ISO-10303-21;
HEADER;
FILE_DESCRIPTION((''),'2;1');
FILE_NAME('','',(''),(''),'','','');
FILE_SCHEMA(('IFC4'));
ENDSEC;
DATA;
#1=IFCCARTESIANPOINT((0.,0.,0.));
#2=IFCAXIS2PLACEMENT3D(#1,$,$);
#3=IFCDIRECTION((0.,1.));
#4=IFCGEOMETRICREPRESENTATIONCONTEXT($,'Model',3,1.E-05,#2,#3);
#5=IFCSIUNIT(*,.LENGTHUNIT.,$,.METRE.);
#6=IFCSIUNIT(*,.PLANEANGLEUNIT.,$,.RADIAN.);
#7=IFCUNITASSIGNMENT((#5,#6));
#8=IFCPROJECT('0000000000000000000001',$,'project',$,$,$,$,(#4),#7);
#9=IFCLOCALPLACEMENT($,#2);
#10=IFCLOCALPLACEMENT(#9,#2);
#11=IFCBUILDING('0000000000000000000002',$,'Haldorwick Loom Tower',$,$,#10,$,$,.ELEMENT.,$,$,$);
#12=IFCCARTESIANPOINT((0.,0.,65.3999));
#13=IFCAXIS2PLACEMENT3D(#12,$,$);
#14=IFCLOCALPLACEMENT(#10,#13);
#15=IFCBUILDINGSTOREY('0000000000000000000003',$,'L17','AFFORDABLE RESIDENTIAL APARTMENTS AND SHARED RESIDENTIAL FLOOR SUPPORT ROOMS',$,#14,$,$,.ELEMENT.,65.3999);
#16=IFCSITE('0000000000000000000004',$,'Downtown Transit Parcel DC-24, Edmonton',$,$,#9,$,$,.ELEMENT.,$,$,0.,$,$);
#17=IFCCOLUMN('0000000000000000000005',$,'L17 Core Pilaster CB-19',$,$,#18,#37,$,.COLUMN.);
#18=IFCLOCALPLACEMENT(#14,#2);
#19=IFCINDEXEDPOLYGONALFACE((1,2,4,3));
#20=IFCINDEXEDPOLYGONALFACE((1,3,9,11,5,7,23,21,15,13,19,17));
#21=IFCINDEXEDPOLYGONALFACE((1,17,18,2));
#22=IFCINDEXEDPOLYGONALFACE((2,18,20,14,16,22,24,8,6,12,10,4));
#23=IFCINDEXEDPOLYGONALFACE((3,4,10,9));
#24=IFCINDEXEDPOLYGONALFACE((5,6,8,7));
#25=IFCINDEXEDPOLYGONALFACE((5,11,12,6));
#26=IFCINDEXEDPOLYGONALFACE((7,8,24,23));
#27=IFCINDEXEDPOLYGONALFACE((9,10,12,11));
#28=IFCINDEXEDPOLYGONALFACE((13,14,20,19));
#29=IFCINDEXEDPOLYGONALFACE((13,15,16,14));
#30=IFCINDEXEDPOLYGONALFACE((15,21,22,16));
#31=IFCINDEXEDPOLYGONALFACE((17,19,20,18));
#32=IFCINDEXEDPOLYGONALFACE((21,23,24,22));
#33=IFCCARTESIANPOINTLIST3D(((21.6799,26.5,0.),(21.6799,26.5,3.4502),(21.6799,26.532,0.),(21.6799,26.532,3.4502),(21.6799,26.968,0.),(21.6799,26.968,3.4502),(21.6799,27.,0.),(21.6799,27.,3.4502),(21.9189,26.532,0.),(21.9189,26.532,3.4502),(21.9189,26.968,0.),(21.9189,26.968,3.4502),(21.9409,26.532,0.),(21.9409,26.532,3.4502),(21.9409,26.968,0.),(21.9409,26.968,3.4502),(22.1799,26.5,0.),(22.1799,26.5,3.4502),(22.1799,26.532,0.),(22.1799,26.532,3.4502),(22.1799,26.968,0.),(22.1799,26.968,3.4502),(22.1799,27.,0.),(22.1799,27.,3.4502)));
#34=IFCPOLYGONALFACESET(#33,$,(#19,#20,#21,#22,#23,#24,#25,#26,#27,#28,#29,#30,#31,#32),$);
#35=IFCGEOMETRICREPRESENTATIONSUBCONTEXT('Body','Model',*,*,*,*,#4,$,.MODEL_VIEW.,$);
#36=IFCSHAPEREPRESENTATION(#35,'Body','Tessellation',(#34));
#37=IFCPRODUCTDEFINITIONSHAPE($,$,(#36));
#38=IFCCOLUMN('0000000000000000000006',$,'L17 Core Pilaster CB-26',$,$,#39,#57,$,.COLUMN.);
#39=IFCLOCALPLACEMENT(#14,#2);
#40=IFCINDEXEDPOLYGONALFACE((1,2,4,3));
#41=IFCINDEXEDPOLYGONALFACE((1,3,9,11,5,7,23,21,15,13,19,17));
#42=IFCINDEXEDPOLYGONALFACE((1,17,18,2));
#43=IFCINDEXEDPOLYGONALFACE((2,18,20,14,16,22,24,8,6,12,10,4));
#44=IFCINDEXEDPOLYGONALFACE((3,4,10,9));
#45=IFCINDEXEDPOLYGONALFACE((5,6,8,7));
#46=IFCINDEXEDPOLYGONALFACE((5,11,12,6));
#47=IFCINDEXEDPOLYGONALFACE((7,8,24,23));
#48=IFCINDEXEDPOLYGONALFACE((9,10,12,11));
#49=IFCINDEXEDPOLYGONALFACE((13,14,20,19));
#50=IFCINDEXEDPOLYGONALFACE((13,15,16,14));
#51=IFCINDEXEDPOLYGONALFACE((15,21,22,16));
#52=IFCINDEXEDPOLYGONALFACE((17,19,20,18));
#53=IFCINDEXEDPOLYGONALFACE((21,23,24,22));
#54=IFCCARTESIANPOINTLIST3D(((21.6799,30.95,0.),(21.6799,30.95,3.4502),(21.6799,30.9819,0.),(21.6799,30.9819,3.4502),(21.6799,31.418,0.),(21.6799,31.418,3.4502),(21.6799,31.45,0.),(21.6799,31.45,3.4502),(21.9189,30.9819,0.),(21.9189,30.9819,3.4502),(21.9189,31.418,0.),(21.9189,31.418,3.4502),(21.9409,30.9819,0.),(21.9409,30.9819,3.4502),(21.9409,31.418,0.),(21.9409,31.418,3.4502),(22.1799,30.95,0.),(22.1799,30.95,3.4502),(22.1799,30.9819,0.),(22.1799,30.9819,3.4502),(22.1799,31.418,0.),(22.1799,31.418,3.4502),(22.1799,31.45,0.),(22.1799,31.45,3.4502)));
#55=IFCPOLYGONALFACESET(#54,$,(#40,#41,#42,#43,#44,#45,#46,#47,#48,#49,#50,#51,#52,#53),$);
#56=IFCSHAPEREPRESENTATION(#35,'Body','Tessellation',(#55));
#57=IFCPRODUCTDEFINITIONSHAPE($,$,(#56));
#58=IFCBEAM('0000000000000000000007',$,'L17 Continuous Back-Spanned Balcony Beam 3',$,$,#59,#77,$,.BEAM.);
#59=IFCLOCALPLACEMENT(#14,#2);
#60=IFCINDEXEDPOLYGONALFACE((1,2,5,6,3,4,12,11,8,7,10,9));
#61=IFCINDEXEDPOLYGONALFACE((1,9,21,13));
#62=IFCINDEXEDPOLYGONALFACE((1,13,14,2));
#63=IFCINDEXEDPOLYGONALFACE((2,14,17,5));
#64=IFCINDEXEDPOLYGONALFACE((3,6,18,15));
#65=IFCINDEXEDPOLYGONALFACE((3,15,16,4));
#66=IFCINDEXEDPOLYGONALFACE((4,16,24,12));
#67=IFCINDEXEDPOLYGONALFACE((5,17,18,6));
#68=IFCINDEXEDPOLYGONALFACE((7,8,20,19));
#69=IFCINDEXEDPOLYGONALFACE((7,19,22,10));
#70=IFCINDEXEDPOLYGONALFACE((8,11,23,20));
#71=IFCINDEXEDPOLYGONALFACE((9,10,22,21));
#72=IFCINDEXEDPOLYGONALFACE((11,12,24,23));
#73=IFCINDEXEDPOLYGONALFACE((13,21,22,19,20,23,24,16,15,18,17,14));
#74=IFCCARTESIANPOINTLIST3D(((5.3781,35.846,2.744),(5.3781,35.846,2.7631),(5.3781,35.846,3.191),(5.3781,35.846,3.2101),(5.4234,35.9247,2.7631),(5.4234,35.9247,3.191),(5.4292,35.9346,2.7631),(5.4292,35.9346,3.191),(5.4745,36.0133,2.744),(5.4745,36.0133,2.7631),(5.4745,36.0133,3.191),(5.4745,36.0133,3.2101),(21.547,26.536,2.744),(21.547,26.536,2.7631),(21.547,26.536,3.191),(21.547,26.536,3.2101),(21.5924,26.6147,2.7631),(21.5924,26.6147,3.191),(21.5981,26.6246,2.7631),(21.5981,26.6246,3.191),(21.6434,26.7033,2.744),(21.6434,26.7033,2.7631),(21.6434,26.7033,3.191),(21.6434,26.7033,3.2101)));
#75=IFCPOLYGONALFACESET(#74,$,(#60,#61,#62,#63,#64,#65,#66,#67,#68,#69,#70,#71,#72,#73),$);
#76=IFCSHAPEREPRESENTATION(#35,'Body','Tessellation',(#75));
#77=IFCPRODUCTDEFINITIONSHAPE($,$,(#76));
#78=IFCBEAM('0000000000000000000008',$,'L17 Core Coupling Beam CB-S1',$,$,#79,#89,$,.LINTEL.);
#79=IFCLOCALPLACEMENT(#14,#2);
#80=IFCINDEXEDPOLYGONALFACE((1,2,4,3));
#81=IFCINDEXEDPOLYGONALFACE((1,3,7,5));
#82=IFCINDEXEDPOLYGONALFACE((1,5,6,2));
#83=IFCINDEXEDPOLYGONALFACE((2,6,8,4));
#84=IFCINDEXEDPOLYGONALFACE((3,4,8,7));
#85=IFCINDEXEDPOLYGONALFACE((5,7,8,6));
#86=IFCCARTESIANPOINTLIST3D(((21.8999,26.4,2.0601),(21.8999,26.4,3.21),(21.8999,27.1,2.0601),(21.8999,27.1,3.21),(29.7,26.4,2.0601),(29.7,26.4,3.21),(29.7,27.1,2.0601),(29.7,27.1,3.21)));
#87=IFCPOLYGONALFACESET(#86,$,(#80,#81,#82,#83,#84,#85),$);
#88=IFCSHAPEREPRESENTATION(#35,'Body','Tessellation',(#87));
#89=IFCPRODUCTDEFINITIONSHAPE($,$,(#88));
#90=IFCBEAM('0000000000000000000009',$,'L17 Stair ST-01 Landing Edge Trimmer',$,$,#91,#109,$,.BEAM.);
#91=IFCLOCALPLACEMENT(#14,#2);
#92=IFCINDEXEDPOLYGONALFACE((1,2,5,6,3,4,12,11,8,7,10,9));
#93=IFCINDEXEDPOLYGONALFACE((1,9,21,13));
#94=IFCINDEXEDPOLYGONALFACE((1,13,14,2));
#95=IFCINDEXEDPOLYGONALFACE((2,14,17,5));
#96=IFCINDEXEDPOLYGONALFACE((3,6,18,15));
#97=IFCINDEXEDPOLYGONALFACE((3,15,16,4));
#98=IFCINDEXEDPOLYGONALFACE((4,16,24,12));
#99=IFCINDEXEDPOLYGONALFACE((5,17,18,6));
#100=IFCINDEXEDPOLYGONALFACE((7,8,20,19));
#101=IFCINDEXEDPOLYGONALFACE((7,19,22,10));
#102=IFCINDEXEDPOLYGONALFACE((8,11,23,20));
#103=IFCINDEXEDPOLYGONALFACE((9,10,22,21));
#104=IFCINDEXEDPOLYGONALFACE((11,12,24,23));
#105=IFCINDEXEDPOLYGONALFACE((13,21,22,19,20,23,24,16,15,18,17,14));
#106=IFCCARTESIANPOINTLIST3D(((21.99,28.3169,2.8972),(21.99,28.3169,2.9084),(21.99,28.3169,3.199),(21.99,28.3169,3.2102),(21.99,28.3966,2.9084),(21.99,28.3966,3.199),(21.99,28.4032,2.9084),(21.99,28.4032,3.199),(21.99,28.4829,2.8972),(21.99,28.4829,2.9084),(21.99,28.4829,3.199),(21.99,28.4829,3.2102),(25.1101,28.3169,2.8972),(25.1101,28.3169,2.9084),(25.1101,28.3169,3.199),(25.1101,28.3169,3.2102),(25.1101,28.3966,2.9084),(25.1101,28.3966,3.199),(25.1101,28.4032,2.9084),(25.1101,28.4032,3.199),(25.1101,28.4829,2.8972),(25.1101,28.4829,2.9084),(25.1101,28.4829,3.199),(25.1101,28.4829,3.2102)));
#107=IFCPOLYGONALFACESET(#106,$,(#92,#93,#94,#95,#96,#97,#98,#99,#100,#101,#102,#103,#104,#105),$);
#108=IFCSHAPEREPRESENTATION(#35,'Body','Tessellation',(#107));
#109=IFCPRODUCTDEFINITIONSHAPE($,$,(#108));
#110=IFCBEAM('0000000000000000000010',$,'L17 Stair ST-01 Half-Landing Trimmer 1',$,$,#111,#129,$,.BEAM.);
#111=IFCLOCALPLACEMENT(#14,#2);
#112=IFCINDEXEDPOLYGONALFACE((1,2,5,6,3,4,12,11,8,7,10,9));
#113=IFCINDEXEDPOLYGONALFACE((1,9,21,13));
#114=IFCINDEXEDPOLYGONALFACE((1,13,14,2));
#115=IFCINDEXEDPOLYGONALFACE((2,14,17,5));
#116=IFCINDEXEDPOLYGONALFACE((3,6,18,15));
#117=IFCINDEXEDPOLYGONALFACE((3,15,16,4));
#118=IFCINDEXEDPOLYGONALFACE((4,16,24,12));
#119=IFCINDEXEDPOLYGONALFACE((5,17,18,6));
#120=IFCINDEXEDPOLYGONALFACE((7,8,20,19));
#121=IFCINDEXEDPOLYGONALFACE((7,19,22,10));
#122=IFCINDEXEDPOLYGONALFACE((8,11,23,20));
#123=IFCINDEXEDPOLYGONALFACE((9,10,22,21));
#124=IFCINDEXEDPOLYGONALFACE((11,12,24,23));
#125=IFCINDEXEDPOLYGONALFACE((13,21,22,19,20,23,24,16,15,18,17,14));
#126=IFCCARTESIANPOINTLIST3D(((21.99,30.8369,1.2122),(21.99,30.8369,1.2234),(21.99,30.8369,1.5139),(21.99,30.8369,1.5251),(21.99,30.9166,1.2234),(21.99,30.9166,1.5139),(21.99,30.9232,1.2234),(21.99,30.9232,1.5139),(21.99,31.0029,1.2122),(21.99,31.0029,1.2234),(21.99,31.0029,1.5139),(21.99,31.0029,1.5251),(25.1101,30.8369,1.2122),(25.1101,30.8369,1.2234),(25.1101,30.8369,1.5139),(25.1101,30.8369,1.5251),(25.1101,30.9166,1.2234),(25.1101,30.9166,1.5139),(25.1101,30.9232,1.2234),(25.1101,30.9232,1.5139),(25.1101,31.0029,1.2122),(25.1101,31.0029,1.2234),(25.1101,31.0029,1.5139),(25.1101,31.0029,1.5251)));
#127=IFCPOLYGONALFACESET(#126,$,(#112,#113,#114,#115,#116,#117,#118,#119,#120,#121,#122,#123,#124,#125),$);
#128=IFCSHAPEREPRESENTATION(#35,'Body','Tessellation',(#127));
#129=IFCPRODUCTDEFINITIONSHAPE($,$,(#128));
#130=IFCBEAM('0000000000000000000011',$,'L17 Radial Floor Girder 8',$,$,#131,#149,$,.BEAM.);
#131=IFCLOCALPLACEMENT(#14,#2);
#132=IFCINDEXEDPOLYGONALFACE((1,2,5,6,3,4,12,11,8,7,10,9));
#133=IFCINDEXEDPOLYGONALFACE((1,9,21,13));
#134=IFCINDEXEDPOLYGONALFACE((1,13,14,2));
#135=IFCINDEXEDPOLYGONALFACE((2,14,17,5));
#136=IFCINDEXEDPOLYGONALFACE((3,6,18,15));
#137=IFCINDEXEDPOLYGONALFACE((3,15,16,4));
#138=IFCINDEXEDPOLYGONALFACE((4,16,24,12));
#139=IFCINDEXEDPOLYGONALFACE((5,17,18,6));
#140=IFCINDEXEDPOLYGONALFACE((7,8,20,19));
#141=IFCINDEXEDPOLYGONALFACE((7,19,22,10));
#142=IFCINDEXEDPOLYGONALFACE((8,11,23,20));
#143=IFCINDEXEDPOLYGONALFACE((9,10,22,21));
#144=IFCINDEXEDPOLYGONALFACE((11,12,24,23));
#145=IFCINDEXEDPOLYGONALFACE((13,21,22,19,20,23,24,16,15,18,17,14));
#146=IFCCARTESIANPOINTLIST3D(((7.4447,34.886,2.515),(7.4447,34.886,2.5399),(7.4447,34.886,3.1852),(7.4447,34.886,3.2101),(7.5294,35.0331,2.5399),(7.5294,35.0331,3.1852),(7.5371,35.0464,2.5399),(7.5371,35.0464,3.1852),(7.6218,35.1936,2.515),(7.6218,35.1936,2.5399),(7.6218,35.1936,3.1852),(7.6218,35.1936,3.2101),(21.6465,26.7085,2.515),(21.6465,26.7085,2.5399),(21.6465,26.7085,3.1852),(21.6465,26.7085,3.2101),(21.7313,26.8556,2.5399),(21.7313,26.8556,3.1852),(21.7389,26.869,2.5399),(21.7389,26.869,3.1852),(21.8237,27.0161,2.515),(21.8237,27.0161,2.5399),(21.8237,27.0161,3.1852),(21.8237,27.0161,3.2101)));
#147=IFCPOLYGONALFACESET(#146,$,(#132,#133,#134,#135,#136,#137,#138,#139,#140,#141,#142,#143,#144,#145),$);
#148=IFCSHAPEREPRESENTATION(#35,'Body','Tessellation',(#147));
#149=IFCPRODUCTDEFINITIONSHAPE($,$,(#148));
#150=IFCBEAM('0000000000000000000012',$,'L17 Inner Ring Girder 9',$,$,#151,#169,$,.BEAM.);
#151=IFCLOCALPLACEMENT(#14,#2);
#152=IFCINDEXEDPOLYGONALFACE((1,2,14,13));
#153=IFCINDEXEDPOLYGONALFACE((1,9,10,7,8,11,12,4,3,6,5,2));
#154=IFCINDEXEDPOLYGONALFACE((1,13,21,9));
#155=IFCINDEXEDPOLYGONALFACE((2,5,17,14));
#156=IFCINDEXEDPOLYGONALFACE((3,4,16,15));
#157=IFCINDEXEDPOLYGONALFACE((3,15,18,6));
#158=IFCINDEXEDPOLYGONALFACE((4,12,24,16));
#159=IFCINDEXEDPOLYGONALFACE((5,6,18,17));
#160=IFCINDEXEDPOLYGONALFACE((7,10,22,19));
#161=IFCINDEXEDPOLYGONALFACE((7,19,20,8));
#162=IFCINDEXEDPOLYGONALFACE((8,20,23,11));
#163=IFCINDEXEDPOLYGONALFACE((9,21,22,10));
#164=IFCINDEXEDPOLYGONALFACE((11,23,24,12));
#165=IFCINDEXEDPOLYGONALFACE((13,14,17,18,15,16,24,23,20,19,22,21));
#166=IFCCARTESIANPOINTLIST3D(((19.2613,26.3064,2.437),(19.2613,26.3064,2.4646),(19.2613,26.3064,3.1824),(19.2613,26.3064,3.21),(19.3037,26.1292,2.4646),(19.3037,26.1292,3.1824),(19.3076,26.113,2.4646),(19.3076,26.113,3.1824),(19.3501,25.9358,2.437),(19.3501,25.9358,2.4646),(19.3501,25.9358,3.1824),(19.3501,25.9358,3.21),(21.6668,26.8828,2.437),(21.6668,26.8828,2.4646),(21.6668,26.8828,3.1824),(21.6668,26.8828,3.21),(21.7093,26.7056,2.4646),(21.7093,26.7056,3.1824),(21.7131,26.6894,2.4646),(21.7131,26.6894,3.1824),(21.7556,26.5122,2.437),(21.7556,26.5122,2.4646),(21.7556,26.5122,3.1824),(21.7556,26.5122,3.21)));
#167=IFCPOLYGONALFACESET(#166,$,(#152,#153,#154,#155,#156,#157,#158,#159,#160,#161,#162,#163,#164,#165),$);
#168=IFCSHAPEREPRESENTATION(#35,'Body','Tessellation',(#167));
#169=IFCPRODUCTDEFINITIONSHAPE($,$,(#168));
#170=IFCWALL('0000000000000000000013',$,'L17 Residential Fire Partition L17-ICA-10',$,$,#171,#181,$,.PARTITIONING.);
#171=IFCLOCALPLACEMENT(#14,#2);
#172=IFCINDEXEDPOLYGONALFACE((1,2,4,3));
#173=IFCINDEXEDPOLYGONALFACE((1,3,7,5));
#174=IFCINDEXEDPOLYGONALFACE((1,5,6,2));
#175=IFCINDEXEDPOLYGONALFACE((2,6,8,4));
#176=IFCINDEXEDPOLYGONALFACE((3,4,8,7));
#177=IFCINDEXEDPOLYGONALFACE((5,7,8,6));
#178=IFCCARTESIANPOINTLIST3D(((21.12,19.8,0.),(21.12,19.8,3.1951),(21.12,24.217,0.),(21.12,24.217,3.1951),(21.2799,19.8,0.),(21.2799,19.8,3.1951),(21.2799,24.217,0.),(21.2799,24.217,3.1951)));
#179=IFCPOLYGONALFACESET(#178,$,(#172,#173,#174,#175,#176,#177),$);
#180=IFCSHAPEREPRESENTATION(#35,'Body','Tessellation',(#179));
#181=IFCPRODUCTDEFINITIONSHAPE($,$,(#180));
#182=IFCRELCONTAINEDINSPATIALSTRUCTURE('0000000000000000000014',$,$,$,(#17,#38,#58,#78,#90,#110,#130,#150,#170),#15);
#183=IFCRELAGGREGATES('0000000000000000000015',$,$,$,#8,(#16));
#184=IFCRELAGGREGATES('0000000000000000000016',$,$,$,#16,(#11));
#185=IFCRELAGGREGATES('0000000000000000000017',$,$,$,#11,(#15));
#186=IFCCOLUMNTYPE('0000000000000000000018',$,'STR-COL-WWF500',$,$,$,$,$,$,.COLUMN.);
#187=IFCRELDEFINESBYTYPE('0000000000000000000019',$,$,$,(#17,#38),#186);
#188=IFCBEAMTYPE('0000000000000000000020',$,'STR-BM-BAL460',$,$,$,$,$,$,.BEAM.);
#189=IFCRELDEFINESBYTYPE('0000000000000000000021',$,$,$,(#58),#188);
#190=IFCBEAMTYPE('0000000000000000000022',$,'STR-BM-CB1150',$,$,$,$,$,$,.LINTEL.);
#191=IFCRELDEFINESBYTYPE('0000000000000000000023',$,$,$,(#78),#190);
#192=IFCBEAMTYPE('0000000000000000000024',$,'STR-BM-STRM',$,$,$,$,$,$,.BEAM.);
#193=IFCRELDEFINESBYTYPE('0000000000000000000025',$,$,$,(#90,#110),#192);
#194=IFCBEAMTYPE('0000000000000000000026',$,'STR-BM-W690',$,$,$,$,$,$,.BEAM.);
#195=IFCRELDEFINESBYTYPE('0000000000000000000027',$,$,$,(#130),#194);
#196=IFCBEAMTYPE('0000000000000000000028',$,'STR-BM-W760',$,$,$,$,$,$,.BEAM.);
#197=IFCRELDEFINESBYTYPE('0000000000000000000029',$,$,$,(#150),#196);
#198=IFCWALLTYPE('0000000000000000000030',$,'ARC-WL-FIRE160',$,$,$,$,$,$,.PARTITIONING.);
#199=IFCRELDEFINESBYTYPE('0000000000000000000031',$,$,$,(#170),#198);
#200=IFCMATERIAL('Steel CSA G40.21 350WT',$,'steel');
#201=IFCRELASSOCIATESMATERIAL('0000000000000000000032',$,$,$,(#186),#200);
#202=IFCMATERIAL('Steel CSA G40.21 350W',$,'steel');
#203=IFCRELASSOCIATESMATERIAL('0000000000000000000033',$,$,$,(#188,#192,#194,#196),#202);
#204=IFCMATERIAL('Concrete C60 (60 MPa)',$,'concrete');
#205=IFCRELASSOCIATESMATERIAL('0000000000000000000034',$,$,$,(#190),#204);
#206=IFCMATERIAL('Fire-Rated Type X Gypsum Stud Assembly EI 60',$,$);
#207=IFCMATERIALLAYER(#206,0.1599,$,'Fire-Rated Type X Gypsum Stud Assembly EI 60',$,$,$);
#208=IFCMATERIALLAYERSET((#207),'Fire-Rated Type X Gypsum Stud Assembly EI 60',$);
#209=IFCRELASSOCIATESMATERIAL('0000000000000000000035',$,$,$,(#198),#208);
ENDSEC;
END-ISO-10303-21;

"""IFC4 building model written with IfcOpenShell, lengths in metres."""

from ifc_helpers import new_model, si_unit, direction, frame, frame_2d, origin, origin_2d, place, context, subcontext, project, spatial, rectangle, i_section, extrude, material, layer, layer_set, material_profile, profile_set, type_object, element, save


model = new_model("IFC4")

# Units and contexts
model_context = context("Model", 3, precision=1e-05, world=origin(), true_north=direction((0.0, 1.0)))
body_context = subcontext(model_context, "Body", "Model", "MODEL_VIEW")
ifc_project = project(units=[si_unit("LENGTHUNIT", "METRE"), si_unit("PLANEANGLEUNIT", "RADIAN")], contexts=[model_context])

# Site, building, storey
site_placement = place(None, origin())
site = spatial("IfcSite", under=ifc_project, at=site_placement, Name="Downtown Transit Parcel DC-24, Edmonton", CompositionType="ELEMENT", RefElevation=0.0)
building_placement = place(site_placement, origin())
building = spatial("IfcBuilding", under=site, at=building_placement, Name="Haldorwick Loom Tower", CompositionType="ELEMENT")
storey_placement = place(building_placement, frame((0.0, 0.0, 65.3999)))
storey = spatial("IfcBuildingStorey", under=building, at=storey_placement, Name="L17", Description="AFFORDABLE RESIDENTIAL APARTMENTS AND SHARED RESIDENTIAL FLOOR SUPPORT ROOMS", CompositionType="ELEMENT", Elevation=65.3999)

# Columns
ifc_material_1 = material(Name="Steel CSA G40.21 350WT", Category="steel")
ifc_material_profile_1 = material_profile(ifc_material_1, i_section(OverallWidth=0.5, OverallDepth=0.5, WebThickness=0.022, FlangeThickness=0.032, at=origin_2d()), Name="WWF500X500", Category="steel")
ifc_profile_set_1 = profile_set([ifc_material_profile_1], Name="Steel CSA G40.21 350WT")
column_type = type_object("IfcColumnType", Name="STR-COL-WWF500", PredefinedType="COLUMN", material=ifc_profile_set_1)
for number, where, z_axis, x_axis, name in (
    (1, (21.9299, 26.75, 0.0), (0.0, 0.0, 1.0), (1.0, 0.0, 0.0), "L17 Core Pilaster CB-19"),
    (2, (21.9299, 31.2, 0.0), (0.0, 0.0, 1.0), (1.0, 0.0, 0.0), "L17 Core Pilaster CB-26"),
):
    element("IfcColumn", number, at=place(storey_placement, frame(where, z_axis=z_axis, x_axis=x_axis)), inside=storey, type_object=column_type, Name=name, PredefinedType="COLUMN", context=body_context, shape_type="SweptSolid", body=[
        extrude(i_section(OverallWidth=0.5, OverallDepth=0.5, WebThickness=0.022, FlangeThickness=0.032, at=origin_2d()), origin(), (0.0, 0.0, 1.0), 3.4502),
    ])

# Beams
ifc_material_2 = material(Name="Steel CSA G40.21 350W", Category="steel")
ifc_material_profile_2 = material_profile(ifc_material_2, i_section(OverallWidth=0.1931, OverallDepth=0.4661, WebThickness=0.0115, FlangeThickness=0.019, at=origin_2d()), Name="W460X97", Category="steel")
ifc_profile_set_2 = profile_set([ifc_material_profile_2], Name="Steel CSA G40.21 350W")
beam_type_1 = type_object("IfcBeamType", Name="STR-BM-BAL460", PredefinedType="BEAM", material=ifc_profile_set_2)
beam_1_placement = place(storey_placement, frame((21.5952, 26.6196, 2.9771), z_axis=(-0.866607, 0.498991, 0.0), x_axis=(-0.498991, -0.866607, 0.0)))
element("IfcBeam", 3, at=beam_1_placement, inside=storey, type_object=beam_type_1, Name="L17 Continuous Back-Spanned Balcony Beam 3", PredefinedType="BEAM", context=body_context, shape_type="SweptSolid", body=[
    extrude(i_section(OverallWidth=0.1931, OverallDepth=0.4661, WebThickness=0.0115, FlangeThickness=0.019, at=origin_2d()), origin(), (0.0, 0.0, 1.0), 18.6577),
])
ifc_material_3 = material(Name="Concrete C60 (60 MPa)", Category="concrete")
ifc_material_profile_3 = material_profile(ifc_material_3, rectangle(XDim=0.7, YDim=1.1499, at=origin_2d()), Name="RC700X1150", Category="concrete")
ifc_profile_set_3 = profile_set([ifc_material_profile_3], Name="Concrete C60 (60 MPa)")
beam_type_2 = type_object("IfcBeamType", Name="STR-BM-CB1150", PredefinedType="LINTEL", material=ifc_profile_set_3)
beam_2_placement = place(storey_placement, frame((21.8999, 26.75, 2.635), z_axis=(1.0, 0.0, 0.0), x_axis=(0.0, 1.0, 0.0)))
element("IfcBeam", 4, at=beam_2_placement, inside=storey, type_object=beam_type_2, Name="L17 Core Coupling Beam CB-S1", PredefinedType="LINTEL", context=body_context, shape_type="SweptSolid", body=[
    extrude(rectangle(XDim=0.7, YDim=1.1499, at=origin_2d()), origin(), (0.0, 0.0, 1.0), 7.8),
])
ifc_material_profile_4 = material_profile(ifc_material_2, i_section(OverallWidth=0.166, OverallDepth=0.313, WebThickness=0.0066, FlangeThickness=0.0112, at=origin_2d()), Name="W310X45", Category="steel")
ifc_profile_set_4 = profile_set([ifc_material_profile_4], Name="Steel CSA G40.21 350W")
beam_type_3 = type_object("IfcBeamType", Name="STR-BM-STRM", PredefinedType="BEAM", material=ifc_profile_set_4)
for number, where, z_axis, x_axis, name in (
    (5, (21.99, 28.3999, 3.0537), (1.0, 0.0, 0.0), (0.0, 1.0, 0.0), "L17 Stair ST-01 Landing Edge Trimmer"),
    (6, (21.99, 30.9199, 1.3687), (1.0, 0.0, 0.0), (0.0, 1.0, 0.0), "L17 Stair ST-01 Half-Landing Trimmer 1"),
):
    element("IfcBeam", number, at=place(storey_placement, frame(where, z_axis=z_axis, x_axis=x_axis)), inside=storey, type_object=beam_type_3, Name=name, PredefinedType="BEAM", context=body_context, shape_type="SweptSolid", body=[
        extrude(i_section(OverallWidth=0.166, OverallDepth=0.313, WebThickness=0.0066, FlangeThickness=0.0112, at=origin_2d()), origin(), (0.0, 0.0, 1.0), 3.1201),
    ])
ifc_material_profile_5 = material_profile(ifc_material_2, i_section(OverallWidth=0.355, OverallDepth=0.6951, WebThickness=0.0154, FlangeThickness=0.0249, at=origin_2d()), Name="W690X217", Category="steel")
ifc_profile_set_5 = profile_set([ifc_material_profile_5], Name="Steel CSA G40.21 350W")
beam_type_4 = type_object("IfcBeamType", Name="STR-BM-W690", PredefinedType="BEAM", material=ifc_profile_set_5)
beam_3_placement = place(storey_placement, frame((21.7351, 26.8623, 2.8625), z_axis=(-0.866606, 0.498994, 0.0), x_axis=(-0.498994, -0.866606, 0.0)))
element("IfcBeam", 7, at=beam_3_placement, inside=storey, type_object=beam_type_4, Name="L17 Radial Floor Girder 8", PredefinedType="BEAM", context=body_context, shape_type="SweptSolid", body=[
    extrude(i_section(OverallWidth=0.355, OverallDepth=0.6951, WebThickness=0.0154, FlangeThickness=0.0249, at=origin_2d()), origin(), (0.0, 0.0, 1.0), 16.3879),
])
ifc_material_profile_6 = material_profile(ifc_material_2, i_section(OverallWidth=0.3811, OverallDepth=0.7729, WebThickness=0.0166, FlangeThickness=0.0276, at=origin_2d()), Name="W760X257", Category="steel")
ifc_profile_set_6 = profile_set([ifc_material_profile_6], Name="Steel CSA G40.21 350W")
beam_type_5 = type_object("IfcBeamType", Name="STR-BM-W760", PredefinedType="BEAM", material=ifc_profile_set_6)
beam_4_placement = place(storey_placement, frame((19.3057, 26.1211, 2.8235), z_axis=(0.972471, 0.233026, 0.0), x_axis=(-0.233026, 0.972471, 0.0)))
element("IfcBeam", 8, at=beam_4_placement, inside=storey, type_object=beam_type_5, Name="L17 Inner Ring Girder 9", PredefinedType="BEAM", context=body_context, shape_type="SweptSolid", body=[
    extrude(i_section(OverallWidth=0.3811, OverallDepth=0.7729, WebThickness=0.0166, FlangeThickness=0.0276, at=origin_2d()), origin(), (0.0, 0.0, 1.0), 2.4736),
])

# Wall
ifc_material_4 = material(Name="Fire-Rated Type X Gypsum Stud Assembly EI 60")
ifc_layer_1 = layer(ifc_material_4, 0.1599, Name="Fire-Rated Type X Gypsum Stud Assembly EI 60")
ifc_layer_set_1 = layer_set([ifc_layer_1], Name="Fire-Rated Type X Gypsum Stud Assembly EI 60")
wall_type_1 = type_object("IfcWallType", Name="ARC-WL-FIRE160", PredefinedType="PARTITIONING", material=ifc_layer_set_1)
wall_1_placement = place(storey_placement, frame((21.2, 24.217, 0.0), z_axis=(0.0, 0.0, 1.0), x_axis=(0.0, -1.0, 0.0)))
element("IfcWall", 9, at=wall_1_placement, inside=storey, type_object=wall_type_1, Name="L17 Residential Fire Partition L17-ICA-10", PredefinedType="PARTITIONING", context=body_context, shape_type="SweptSolid", body=[
    extrude(rectangle(XDim=4.417, YDim=0.1599, at=frame_2d((2.2085, 0.0))), origin(), (0.0, 0.0, 1.0), 3.1951),
])

save(model, "model.ifc")
